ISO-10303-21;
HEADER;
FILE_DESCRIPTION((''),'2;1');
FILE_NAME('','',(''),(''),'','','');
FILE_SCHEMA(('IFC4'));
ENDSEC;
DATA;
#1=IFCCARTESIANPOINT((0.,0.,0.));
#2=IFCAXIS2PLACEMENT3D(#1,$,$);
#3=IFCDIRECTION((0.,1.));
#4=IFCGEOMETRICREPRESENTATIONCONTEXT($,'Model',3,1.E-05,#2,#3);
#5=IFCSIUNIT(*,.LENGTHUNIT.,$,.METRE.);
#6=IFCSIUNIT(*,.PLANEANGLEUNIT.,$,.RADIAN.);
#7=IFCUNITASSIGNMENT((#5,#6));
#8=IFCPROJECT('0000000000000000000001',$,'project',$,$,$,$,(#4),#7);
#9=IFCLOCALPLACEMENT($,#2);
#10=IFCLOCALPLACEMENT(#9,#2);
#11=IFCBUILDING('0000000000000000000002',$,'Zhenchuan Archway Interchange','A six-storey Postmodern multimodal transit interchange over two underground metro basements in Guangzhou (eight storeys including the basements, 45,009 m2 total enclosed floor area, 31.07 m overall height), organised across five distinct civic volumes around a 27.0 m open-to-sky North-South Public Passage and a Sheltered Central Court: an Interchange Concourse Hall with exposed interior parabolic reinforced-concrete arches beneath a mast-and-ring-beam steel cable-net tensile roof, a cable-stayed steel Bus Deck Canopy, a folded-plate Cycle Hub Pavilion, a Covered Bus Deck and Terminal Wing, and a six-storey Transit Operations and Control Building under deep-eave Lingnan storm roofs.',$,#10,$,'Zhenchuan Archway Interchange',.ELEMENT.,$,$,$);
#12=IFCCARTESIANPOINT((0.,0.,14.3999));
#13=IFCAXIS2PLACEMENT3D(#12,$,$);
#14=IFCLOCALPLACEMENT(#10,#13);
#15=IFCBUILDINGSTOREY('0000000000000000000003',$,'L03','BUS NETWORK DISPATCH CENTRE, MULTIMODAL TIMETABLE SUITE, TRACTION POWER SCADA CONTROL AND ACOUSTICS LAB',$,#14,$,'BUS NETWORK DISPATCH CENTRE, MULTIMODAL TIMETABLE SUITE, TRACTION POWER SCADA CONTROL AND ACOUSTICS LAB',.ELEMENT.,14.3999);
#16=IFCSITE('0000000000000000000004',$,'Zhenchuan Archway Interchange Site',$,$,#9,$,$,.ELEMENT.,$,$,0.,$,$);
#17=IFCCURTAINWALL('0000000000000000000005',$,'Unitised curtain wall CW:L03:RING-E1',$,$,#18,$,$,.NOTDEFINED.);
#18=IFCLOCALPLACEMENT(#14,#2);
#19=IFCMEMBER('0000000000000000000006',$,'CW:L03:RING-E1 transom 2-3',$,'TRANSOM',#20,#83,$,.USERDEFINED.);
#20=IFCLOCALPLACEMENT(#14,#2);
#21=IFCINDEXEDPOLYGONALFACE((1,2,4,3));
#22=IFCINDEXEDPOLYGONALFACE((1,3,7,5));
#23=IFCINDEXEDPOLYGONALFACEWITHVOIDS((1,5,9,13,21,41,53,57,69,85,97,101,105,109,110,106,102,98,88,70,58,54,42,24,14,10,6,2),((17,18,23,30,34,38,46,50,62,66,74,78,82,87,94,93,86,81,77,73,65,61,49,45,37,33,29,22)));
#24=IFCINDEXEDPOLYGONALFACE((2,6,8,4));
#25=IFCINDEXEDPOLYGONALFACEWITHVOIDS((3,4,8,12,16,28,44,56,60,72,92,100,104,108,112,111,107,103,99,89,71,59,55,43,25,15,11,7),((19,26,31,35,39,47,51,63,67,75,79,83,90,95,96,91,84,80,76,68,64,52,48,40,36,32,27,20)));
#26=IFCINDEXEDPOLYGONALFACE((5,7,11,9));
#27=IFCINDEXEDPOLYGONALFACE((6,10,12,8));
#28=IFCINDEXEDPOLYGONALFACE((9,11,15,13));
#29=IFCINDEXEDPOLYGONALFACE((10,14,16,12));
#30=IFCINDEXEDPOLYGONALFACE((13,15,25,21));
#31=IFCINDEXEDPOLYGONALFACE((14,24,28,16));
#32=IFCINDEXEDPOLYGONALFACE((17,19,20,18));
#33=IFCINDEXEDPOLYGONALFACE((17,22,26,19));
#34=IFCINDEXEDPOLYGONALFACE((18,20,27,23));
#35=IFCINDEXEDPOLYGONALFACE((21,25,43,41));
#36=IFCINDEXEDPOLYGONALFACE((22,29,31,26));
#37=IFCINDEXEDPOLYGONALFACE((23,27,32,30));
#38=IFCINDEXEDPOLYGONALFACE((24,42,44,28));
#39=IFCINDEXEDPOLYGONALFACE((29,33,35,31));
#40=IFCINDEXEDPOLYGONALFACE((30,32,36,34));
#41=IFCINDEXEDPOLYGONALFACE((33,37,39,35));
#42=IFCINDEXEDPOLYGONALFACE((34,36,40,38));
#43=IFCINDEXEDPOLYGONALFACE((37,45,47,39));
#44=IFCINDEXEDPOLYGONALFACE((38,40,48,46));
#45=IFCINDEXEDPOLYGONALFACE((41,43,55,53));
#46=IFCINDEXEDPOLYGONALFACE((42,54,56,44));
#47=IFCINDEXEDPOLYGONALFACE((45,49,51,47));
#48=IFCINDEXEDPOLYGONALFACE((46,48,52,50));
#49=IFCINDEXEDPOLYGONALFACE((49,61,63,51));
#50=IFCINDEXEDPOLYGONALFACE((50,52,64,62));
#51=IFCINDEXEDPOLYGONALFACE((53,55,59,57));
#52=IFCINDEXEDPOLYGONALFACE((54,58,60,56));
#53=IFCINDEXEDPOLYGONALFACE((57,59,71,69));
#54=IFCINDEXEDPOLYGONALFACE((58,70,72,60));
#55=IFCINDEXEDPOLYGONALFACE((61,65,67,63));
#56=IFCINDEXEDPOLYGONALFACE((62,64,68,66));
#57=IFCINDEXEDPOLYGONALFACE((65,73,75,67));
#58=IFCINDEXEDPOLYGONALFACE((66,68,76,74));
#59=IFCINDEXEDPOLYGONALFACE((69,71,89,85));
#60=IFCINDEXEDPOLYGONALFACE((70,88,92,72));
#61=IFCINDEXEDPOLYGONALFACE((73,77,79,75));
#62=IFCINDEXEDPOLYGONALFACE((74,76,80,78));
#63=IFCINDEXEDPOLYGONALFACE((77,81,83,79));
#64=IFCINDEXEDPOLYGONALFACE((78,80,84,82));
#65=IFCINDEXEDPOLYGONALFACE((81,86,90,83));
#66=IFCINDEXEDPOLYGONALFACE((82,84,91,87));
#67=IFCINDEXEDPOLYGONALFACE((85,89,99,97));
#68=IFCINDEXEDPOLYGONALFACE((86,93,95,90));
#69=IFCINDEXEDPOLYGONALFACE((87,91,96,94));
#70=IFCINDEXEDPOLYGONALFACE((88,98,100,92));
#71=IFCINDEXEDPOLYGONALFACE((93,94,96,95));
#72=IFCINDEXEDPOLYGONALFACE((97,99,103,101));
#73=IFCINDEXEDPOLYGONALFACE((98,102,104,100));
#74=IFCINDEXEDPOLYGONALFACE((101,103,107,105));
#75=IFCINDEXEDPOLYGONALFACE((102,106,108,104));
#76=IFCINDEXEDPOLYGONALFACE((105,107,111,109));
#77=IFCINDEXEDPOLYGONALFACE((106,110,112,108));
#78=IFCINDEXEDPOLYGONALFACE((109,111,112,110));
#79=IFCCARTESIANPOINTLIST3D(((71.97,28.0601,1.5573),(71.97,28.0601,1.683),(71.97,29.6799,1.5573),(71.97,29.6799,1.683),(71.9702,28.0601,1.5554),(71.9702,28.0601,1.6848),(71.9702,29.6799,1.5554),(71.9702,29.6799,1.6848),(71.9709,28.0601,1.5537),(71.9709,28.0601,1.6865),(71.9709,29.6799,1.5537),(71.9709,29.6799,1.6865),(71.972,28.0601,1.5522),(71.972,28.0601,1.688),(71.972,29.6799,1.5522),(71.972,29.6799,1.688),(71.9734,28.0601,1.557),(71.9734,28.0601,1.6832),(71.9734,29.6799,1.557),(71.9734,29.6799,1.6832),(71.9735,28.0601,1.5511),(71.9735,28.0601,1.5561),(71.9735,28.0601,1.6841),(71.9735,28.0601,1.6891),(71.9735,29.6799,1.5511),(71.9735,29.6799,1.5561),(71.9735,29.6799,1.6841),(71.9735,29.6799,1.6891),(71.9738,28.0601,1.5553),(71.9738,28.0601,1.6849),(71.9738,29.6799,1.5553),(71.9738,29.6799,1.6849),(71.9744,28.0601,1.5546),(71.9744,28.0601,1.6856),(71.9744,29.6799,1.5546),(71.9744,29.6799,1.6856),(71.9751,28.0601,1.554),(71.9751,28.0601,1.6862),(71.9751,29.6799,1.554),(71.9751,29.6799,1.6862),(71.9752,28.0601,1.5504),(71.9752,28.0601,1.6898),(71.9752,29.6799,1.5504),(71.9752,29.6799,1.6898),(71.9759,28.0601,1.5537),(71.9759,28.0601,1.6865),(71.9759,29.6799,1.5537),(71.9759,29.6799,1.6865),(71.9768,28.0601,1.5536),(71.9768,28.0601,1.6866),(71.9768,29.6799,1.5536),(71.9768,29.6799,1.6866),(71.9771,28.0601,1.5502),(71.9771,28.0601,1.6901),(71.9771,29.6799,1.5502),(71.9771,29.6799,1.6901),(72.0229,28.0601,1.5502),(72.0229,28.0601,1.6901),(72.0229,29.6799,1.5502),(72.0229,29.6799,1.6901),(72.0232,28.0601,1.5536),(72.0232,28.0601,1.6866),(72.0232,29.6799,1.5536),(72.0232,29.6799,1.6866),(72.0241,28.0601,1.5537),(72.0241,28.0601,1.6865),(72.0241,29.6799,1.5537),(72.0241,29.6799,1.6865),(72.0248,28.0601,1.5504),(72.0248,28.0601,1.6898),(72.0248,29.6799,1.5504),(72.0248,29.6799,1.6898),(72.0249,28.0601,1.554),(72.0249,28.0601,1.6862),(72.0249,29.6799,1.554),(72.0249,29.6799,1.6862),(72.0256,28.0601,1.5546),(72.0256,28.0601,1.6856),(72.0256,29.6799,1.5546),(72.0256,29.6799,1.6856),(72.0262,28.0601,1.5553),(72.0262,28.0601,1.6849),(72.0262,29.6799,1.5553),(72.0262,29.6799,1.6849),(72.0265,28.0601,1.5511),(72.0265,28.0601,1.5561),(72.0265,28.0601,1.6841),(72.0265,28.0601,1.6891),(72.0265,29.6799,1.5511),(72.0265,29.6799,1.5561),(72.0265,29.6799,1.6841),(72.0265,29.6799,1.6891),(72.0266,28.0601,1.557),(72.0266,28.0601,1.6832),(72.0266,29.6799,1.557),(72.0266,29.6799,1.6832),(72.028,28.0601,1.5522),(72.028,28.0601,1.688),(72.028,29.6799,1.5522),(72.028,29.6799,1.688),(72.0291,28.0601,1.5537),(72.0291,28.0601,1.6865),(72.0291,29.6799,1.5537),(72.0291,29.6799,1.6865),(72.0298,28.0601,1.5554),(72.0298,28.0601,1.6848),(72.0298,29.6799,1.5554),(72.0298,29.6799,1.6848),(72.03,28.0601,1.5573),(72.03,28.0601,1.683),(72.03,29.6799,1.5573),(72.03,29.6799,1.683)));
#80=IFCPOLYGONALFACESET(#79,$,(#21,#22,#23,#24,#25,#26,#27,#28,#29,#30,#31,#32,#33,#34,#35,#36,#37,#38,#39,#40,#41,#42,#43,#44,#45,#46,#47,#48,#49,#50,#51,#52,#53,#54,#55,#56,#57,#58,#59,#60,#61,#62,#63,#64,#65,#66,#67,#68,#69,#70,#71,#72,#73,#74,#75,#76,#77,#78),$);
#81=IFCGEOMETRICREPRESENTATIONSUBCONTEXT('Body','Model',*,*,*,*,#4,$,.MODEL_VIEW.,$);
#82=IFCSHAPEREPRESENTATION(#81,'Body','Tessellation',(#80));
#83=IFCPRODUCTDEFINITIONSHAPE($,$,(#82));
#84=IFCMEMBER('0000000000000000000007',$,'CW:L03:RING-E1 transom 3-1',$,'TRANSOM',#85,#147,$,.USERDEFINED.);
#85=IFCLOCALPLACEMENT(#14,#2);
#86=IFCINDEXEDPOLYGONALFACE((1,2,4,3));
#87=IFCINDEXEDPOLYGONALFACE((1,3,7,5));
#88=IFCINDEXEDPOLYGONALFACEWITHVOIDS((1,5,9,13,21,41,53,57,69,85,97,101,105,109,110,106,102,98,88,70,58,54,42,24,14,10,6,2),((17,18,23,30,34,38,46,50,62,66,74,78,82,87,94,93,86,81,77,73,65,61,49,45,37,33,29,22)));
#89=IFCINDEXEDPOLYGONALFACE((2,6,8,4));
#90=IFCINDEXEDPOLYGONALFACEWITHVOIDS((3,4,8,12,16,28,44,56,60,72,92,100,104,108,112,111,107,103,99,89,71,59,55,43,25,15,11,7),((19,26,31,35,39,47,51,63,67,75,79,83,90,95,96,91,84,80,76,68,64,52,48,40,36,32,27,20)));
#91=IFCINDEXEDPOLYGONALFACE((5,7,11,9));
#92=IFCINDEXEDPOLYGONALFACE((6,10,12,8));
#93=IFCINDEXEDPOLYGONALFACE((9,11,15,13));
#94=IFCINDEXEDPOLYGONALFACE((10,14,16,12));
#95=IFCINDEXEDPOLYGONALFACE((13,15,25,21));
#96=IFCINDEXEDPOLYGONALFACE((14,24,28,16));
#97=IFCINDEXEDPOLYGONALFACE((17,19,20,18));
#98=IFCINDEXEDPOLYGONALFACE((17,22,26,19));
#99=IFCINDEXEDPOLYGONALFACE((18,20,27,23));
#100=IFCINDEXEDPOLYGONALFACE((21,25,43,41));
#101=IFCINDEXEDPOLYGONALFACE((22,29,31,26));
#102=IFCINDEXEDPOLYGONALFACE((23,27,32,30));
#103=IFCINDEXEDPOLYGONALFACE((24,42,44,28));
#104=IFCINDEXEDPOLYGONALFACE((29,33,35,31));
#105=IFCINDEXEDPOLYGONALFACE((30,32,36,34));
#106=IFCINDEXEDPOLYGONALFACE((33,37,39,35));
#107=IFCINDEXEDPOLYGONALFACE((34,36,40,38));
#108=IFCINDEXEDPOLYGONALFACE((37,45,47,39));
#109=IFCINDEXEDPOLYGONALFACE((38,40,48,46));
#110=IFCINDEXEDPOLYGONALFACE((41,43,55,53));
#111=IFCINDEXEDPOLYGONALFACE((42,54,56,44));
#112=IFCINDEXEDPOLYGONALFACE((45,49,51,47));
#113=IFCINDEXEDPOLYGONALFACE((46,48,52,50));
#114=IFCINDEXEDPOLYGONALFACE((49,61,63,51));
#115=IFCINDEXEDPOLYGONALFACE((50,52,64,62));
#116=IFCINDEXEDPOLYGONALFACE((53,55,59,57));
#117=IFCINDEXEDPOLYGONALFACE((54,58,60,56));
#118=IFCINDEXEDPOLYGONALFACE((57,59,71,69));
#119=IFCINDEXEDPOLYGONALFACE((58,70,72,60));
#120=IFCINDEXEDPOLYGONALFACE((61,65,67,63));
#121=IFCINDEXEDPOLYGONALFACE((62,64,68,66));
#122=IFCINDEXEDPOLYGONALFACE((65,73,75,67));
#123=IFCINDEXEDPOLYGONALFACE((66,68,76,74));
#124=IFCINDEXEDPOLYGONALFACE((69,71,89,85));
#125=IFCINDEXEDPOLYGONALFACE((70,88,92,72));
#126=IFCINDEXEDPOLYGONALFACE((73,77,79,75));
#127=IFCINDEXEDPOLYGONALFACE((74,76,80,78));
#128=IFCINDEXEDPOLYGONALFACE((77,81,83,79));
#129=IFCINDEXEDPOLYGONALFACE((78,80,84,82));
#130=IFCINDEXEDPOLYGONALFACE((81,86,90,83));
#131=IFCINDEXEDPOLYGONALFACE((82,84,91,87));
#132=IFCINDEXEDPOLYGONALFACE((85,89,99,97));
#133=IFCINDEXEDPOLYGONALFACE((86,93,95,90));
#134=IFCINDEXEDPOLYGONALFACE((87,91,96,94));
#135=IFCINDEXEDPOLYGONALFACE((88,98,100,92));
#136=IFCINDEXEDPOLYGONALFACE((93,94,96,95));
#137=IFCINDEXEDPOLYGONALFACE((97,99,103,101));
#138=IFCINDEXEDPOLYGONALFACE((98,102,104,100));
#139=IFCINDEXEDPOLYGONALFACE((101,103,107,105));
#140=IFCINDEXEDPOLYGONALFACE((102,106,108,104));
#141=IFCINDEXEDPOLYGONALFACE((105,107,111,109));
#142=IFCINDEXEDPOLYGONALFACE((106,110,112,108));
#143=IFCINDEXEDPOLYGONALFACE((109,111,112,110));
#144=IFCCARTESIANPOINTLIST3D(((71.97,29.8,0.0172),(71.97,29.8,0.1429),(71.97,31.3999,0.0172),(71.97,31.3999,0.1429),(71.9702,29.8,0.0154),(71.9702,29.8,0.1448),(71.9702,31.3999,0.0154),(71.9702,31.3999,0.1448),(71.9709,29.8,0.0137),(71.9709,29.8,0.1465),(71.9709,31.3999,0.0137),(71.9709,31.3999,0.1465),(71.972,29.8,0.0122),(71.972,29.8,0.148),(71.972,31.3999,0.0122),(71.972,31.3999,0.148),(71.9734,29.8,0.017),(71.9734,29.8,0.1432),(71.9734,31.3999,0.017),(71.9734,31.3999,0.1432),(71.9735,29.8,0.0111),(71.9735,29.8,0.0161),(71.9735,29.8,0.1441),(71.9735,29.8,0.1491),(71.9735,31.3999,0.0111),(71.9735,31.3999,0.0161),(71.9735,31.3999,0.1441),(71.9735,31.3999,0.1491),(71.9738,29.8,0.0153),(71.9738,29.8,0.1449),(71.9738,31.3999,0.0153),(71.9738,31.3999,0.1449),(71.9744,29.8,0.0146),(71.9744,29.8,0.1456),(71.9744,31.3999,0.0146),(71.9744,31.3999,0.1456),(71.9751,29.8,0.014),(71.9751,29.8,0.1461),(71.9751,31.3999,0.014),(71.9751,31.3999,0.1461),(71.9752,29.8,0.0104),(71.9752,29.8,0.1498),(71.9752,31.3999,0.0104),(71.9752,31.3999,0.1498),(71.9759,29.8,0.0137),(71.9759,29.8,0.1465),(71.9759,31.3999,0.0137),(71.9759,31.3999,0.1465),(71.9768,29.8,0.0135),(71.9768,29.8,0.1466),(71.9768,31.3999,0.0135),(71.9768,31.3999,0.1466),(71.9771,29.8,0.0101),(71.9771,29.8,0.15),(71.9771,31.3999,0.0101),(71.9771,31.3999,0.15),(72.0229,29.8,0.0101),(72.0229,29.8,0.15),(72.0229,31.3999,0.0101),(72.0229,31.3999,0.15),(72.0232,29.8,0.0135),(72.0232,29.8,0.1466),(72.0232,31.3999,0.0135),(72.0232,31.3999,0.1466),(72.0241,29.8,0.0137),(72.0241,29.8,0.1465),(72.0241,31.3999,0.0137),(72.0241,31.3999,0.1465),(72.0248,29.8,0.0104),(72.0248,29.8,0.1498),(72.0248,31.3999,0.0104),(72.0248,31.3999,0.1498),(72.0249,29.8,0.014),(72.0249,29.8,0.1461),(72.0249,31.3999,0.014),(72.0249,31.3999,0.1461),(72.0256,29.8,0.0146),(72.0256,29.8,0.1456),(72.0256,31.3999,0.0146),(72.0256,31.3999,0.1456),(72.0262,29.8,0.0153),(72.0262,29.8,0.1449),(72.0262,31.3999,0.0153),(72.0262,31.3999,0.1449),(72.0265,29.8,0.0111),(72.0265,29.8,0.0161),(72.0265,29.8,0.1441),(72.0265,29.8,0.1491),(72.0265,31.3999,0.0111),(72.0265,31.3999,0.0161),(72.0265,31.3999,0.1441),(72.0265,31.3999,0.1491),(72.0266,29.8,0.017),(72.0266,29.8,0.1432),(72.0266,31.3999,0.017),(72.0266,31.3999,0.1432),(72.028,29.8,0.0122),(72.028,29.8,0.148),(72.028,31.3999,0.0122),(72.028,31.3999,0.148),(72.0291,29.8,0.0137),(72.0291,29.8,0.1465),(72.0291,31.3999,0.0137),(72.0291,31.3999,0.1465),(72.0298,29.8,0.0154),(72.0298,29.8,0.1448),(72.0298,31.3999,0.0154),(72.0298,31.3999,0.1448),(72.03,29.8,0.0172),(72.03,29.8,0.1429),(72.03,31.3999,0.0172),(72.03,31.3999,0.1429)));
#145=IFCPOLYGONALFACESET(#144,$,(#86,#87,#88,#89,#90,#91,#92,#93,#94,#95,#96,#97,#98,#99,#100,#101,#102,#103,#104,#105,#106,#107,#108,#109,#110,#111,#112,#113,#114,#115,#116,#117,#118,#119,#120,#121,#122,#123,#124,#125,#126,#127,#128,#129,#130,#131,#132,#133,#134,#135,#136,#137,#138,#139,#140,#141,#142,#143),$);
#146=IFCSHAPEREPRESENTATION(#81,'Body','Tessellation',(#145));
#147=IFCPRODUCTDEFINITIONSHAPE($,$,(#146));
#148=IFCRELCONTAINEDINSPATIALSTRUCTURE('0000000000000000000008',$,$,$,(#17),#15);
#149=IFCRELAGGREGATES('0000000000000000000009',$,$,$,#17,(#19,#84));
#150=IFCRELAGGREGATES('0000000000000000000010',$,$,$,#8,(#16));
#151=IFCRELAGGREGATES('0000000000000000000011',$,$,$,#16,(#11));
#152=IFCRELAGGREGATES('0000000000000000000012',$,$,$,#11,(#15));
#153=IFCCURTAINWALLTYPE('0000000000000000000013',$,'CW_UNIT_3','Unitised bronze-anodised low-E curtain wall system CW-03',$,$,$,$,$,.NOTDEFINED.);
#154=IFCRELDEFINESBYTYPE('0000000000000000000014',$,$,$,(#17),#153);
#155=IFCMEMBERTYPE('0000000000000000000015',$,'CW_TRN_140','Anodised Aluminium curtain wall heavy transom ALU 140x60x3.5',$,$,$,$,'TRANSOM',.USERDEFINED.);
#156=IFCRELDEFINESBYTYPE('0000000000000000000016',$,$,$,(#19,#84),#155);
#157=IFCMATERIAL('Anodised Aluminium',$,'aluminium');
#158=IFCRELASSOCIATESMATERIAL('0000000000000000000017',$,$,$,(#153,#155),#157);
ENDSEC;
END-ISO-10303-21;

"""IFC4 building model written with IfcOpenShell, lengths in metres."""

from ifc_helpers import new_model, si_unit, direction, frame, origin, origin_2d, place, context, subcontext, project, spatial, hollow_rectangle, extrude, material, material_profile, profile_set, type_object, element, aggregate, save


model = new_model("IFC4")

# Units and contexts
model_context = context("Model", 3, precision=1e-05, world=origin(), true_north=direction((0.0, 1.0)))
body_context = subcontext(model_context, "Body", "Model", "MODEL_VIEW")
ifc_project = project(units=[si_unit("LENGTHUNIT", "METRE"), si_unit("PLANEANGLEUNIT", "RADIAN")], contexts=[model_context])

# Site, building, storey
site_placement = place(None, origin())
site = spatial("IfcSite", under=ifc_project, at=site_placement, Name="Zhenchuan Archway Interchange Site", CompositionType="ELEMENT", RefElevation=0.0)
building_placement = place(site_placement, origin())
building = spatial("IfcBuilding", under=site, at=building_placement, Name="Zhenchuan Archway Interchange", Description="A six-storey Postmodern multimodal transit interchange over two underground metro basements in Guangzhou (eight storeys including the basements, 45,009 m2 total enclosed floor area, 31.07 m overall height), organised across five distinct civic volumes around a 27.0 m open-to-sky North-South Public Passage and a Sheltered Central Court: an Interchange Concourse Hall with exposed interior parabolic reinforced-concrete arches beneath a mast-and-ring-beam steel cable-net tensile roof, a cable-stayed steel Bus Deck Canopy, a folded-plate Cycle Hub Pavilion, a Covered Bus Deck and Terminal Wing, and a six-storey Transit Operations and Control Building under deep-eave Lingnan storm roofs.", LongName="Zhenchuan Archway Interchange", CompositionType="ELEMENT")
storey_placement = place(building_placement, frame((0.0, 0.0, 14.3999)))
storey = spatial("IfcBuildingStorey", under=building, at=storey_placement, Name="L03", Description="BUS NETWORK DISPATCH CENTRE, MULTIMODAL TIMETABLE SUITE, TRACTION POWER SCADA CONTROL AND ACOUSTICS LAB", LongName="BUS NETWORK DISPATCH CENTRE, MULTIMODAL TIMETABLE SUITE, TRACTION POWER SCADA CONTROL AND ACOUSTICS LAB", CompositionType="ELEMENT", Elevation=14.3999)

# Curtain wall
ifc_material_1 = material(Name="Anodised Aluminium", Category="aluminium")
curtain_wall_type = type_object("IfcCurtainWallType", Name="CW_UNIT_3", Description="Unitised bronze-anodised low-E curtain wall system CW-03", PredefinedType="NOTDEFINED", material=ifc_material_1)
curtain_wall_1_placement = place(storey_placement, origin())
curtain_wall_1 = element("IfcCurtainWall", 1, at=curtain_wall_1_placement, inside=storey, type_object=curtain_wall_type, Name="Unitised curtain wall CW:L03:RING-E1", PredefinedType="NOTDEFINED")

# Members
ifc_material_profile_1 = material_profile(ifc_material_1, hollow_rectangle(XDim=0.0601, YDim=0.1399, WallThickness=0.0034, InnerFilletRadius=0.0034, OuterFilletRadius=0.0071, at=origin_2d()), Name="ALU 140x60x3.5")
ifc_profile_set_1 = profile_set([ifc_material_profile_1], Name="Anodised Aluminium")
member_type_1 = type_object("IfcMemberType", Name="CW_TRN_140", Description="Anodised Aluminium curtain wall heavy transom ALU 140x60x3.5", ElementType="TRANSOM", PredefinedType="USERDEFINED", material=ifc_profile_set_1)
member_1_placement = place(storey_placement, frame((72.0, 28.0601, 1.6201), z_axis=(0.0, 1.0, 0.0), x_axis=(-1.0, 0.0, 0.0)))
member_1 = element("IfcMember", 2, at=member_1_placement, type_object=member_type_1, Name="CW:L03:RING-E1 transom 2-3", ObjectType="TRANSOM", PredefinedType="USERDEFINED", context=body_context, shape_type="SweptSolid", body=[
    extrude(hollow_rectangle(XDim=0.0601, YDim=0.1399, WallThickness=0.0034, InnerFilletRadius=0.0034, OuterFilletRadius=0.0071, at=origin_2d()), origin(), (0.0, 0.0, 1.0), 1.6199),
])
member_2_placement = place(storey_placement, frame((72.0, 29.8, 0.0801), z_axis=(0.0, 1.0, 0.0), x_axis=(-1.0, 0.0, 0.0)))
member_2 = element("IfcMember", 3, at=member_2_placement, type_object=member_type_1, Name="CW:L03:RING-E1 transom 3-1", ObjectType="TRANSOM", PredefinedType="USERDEFINED", context=body_context, shape_type="SweptSolid", body=[
    extrude(hollow_rectangle(XDim=0.0601, YDim=0.1399, WallThickness=0.0034, InnerFilletRadius=0.0034, OuterFilletRadius=0.0071, at=origin_2d()), origin(), (0.0, 0.0, 1.0), 1.5999),
])

aggregate(curtain_wall_1, [member_1, member_2])

save(model, "model.ifc")
